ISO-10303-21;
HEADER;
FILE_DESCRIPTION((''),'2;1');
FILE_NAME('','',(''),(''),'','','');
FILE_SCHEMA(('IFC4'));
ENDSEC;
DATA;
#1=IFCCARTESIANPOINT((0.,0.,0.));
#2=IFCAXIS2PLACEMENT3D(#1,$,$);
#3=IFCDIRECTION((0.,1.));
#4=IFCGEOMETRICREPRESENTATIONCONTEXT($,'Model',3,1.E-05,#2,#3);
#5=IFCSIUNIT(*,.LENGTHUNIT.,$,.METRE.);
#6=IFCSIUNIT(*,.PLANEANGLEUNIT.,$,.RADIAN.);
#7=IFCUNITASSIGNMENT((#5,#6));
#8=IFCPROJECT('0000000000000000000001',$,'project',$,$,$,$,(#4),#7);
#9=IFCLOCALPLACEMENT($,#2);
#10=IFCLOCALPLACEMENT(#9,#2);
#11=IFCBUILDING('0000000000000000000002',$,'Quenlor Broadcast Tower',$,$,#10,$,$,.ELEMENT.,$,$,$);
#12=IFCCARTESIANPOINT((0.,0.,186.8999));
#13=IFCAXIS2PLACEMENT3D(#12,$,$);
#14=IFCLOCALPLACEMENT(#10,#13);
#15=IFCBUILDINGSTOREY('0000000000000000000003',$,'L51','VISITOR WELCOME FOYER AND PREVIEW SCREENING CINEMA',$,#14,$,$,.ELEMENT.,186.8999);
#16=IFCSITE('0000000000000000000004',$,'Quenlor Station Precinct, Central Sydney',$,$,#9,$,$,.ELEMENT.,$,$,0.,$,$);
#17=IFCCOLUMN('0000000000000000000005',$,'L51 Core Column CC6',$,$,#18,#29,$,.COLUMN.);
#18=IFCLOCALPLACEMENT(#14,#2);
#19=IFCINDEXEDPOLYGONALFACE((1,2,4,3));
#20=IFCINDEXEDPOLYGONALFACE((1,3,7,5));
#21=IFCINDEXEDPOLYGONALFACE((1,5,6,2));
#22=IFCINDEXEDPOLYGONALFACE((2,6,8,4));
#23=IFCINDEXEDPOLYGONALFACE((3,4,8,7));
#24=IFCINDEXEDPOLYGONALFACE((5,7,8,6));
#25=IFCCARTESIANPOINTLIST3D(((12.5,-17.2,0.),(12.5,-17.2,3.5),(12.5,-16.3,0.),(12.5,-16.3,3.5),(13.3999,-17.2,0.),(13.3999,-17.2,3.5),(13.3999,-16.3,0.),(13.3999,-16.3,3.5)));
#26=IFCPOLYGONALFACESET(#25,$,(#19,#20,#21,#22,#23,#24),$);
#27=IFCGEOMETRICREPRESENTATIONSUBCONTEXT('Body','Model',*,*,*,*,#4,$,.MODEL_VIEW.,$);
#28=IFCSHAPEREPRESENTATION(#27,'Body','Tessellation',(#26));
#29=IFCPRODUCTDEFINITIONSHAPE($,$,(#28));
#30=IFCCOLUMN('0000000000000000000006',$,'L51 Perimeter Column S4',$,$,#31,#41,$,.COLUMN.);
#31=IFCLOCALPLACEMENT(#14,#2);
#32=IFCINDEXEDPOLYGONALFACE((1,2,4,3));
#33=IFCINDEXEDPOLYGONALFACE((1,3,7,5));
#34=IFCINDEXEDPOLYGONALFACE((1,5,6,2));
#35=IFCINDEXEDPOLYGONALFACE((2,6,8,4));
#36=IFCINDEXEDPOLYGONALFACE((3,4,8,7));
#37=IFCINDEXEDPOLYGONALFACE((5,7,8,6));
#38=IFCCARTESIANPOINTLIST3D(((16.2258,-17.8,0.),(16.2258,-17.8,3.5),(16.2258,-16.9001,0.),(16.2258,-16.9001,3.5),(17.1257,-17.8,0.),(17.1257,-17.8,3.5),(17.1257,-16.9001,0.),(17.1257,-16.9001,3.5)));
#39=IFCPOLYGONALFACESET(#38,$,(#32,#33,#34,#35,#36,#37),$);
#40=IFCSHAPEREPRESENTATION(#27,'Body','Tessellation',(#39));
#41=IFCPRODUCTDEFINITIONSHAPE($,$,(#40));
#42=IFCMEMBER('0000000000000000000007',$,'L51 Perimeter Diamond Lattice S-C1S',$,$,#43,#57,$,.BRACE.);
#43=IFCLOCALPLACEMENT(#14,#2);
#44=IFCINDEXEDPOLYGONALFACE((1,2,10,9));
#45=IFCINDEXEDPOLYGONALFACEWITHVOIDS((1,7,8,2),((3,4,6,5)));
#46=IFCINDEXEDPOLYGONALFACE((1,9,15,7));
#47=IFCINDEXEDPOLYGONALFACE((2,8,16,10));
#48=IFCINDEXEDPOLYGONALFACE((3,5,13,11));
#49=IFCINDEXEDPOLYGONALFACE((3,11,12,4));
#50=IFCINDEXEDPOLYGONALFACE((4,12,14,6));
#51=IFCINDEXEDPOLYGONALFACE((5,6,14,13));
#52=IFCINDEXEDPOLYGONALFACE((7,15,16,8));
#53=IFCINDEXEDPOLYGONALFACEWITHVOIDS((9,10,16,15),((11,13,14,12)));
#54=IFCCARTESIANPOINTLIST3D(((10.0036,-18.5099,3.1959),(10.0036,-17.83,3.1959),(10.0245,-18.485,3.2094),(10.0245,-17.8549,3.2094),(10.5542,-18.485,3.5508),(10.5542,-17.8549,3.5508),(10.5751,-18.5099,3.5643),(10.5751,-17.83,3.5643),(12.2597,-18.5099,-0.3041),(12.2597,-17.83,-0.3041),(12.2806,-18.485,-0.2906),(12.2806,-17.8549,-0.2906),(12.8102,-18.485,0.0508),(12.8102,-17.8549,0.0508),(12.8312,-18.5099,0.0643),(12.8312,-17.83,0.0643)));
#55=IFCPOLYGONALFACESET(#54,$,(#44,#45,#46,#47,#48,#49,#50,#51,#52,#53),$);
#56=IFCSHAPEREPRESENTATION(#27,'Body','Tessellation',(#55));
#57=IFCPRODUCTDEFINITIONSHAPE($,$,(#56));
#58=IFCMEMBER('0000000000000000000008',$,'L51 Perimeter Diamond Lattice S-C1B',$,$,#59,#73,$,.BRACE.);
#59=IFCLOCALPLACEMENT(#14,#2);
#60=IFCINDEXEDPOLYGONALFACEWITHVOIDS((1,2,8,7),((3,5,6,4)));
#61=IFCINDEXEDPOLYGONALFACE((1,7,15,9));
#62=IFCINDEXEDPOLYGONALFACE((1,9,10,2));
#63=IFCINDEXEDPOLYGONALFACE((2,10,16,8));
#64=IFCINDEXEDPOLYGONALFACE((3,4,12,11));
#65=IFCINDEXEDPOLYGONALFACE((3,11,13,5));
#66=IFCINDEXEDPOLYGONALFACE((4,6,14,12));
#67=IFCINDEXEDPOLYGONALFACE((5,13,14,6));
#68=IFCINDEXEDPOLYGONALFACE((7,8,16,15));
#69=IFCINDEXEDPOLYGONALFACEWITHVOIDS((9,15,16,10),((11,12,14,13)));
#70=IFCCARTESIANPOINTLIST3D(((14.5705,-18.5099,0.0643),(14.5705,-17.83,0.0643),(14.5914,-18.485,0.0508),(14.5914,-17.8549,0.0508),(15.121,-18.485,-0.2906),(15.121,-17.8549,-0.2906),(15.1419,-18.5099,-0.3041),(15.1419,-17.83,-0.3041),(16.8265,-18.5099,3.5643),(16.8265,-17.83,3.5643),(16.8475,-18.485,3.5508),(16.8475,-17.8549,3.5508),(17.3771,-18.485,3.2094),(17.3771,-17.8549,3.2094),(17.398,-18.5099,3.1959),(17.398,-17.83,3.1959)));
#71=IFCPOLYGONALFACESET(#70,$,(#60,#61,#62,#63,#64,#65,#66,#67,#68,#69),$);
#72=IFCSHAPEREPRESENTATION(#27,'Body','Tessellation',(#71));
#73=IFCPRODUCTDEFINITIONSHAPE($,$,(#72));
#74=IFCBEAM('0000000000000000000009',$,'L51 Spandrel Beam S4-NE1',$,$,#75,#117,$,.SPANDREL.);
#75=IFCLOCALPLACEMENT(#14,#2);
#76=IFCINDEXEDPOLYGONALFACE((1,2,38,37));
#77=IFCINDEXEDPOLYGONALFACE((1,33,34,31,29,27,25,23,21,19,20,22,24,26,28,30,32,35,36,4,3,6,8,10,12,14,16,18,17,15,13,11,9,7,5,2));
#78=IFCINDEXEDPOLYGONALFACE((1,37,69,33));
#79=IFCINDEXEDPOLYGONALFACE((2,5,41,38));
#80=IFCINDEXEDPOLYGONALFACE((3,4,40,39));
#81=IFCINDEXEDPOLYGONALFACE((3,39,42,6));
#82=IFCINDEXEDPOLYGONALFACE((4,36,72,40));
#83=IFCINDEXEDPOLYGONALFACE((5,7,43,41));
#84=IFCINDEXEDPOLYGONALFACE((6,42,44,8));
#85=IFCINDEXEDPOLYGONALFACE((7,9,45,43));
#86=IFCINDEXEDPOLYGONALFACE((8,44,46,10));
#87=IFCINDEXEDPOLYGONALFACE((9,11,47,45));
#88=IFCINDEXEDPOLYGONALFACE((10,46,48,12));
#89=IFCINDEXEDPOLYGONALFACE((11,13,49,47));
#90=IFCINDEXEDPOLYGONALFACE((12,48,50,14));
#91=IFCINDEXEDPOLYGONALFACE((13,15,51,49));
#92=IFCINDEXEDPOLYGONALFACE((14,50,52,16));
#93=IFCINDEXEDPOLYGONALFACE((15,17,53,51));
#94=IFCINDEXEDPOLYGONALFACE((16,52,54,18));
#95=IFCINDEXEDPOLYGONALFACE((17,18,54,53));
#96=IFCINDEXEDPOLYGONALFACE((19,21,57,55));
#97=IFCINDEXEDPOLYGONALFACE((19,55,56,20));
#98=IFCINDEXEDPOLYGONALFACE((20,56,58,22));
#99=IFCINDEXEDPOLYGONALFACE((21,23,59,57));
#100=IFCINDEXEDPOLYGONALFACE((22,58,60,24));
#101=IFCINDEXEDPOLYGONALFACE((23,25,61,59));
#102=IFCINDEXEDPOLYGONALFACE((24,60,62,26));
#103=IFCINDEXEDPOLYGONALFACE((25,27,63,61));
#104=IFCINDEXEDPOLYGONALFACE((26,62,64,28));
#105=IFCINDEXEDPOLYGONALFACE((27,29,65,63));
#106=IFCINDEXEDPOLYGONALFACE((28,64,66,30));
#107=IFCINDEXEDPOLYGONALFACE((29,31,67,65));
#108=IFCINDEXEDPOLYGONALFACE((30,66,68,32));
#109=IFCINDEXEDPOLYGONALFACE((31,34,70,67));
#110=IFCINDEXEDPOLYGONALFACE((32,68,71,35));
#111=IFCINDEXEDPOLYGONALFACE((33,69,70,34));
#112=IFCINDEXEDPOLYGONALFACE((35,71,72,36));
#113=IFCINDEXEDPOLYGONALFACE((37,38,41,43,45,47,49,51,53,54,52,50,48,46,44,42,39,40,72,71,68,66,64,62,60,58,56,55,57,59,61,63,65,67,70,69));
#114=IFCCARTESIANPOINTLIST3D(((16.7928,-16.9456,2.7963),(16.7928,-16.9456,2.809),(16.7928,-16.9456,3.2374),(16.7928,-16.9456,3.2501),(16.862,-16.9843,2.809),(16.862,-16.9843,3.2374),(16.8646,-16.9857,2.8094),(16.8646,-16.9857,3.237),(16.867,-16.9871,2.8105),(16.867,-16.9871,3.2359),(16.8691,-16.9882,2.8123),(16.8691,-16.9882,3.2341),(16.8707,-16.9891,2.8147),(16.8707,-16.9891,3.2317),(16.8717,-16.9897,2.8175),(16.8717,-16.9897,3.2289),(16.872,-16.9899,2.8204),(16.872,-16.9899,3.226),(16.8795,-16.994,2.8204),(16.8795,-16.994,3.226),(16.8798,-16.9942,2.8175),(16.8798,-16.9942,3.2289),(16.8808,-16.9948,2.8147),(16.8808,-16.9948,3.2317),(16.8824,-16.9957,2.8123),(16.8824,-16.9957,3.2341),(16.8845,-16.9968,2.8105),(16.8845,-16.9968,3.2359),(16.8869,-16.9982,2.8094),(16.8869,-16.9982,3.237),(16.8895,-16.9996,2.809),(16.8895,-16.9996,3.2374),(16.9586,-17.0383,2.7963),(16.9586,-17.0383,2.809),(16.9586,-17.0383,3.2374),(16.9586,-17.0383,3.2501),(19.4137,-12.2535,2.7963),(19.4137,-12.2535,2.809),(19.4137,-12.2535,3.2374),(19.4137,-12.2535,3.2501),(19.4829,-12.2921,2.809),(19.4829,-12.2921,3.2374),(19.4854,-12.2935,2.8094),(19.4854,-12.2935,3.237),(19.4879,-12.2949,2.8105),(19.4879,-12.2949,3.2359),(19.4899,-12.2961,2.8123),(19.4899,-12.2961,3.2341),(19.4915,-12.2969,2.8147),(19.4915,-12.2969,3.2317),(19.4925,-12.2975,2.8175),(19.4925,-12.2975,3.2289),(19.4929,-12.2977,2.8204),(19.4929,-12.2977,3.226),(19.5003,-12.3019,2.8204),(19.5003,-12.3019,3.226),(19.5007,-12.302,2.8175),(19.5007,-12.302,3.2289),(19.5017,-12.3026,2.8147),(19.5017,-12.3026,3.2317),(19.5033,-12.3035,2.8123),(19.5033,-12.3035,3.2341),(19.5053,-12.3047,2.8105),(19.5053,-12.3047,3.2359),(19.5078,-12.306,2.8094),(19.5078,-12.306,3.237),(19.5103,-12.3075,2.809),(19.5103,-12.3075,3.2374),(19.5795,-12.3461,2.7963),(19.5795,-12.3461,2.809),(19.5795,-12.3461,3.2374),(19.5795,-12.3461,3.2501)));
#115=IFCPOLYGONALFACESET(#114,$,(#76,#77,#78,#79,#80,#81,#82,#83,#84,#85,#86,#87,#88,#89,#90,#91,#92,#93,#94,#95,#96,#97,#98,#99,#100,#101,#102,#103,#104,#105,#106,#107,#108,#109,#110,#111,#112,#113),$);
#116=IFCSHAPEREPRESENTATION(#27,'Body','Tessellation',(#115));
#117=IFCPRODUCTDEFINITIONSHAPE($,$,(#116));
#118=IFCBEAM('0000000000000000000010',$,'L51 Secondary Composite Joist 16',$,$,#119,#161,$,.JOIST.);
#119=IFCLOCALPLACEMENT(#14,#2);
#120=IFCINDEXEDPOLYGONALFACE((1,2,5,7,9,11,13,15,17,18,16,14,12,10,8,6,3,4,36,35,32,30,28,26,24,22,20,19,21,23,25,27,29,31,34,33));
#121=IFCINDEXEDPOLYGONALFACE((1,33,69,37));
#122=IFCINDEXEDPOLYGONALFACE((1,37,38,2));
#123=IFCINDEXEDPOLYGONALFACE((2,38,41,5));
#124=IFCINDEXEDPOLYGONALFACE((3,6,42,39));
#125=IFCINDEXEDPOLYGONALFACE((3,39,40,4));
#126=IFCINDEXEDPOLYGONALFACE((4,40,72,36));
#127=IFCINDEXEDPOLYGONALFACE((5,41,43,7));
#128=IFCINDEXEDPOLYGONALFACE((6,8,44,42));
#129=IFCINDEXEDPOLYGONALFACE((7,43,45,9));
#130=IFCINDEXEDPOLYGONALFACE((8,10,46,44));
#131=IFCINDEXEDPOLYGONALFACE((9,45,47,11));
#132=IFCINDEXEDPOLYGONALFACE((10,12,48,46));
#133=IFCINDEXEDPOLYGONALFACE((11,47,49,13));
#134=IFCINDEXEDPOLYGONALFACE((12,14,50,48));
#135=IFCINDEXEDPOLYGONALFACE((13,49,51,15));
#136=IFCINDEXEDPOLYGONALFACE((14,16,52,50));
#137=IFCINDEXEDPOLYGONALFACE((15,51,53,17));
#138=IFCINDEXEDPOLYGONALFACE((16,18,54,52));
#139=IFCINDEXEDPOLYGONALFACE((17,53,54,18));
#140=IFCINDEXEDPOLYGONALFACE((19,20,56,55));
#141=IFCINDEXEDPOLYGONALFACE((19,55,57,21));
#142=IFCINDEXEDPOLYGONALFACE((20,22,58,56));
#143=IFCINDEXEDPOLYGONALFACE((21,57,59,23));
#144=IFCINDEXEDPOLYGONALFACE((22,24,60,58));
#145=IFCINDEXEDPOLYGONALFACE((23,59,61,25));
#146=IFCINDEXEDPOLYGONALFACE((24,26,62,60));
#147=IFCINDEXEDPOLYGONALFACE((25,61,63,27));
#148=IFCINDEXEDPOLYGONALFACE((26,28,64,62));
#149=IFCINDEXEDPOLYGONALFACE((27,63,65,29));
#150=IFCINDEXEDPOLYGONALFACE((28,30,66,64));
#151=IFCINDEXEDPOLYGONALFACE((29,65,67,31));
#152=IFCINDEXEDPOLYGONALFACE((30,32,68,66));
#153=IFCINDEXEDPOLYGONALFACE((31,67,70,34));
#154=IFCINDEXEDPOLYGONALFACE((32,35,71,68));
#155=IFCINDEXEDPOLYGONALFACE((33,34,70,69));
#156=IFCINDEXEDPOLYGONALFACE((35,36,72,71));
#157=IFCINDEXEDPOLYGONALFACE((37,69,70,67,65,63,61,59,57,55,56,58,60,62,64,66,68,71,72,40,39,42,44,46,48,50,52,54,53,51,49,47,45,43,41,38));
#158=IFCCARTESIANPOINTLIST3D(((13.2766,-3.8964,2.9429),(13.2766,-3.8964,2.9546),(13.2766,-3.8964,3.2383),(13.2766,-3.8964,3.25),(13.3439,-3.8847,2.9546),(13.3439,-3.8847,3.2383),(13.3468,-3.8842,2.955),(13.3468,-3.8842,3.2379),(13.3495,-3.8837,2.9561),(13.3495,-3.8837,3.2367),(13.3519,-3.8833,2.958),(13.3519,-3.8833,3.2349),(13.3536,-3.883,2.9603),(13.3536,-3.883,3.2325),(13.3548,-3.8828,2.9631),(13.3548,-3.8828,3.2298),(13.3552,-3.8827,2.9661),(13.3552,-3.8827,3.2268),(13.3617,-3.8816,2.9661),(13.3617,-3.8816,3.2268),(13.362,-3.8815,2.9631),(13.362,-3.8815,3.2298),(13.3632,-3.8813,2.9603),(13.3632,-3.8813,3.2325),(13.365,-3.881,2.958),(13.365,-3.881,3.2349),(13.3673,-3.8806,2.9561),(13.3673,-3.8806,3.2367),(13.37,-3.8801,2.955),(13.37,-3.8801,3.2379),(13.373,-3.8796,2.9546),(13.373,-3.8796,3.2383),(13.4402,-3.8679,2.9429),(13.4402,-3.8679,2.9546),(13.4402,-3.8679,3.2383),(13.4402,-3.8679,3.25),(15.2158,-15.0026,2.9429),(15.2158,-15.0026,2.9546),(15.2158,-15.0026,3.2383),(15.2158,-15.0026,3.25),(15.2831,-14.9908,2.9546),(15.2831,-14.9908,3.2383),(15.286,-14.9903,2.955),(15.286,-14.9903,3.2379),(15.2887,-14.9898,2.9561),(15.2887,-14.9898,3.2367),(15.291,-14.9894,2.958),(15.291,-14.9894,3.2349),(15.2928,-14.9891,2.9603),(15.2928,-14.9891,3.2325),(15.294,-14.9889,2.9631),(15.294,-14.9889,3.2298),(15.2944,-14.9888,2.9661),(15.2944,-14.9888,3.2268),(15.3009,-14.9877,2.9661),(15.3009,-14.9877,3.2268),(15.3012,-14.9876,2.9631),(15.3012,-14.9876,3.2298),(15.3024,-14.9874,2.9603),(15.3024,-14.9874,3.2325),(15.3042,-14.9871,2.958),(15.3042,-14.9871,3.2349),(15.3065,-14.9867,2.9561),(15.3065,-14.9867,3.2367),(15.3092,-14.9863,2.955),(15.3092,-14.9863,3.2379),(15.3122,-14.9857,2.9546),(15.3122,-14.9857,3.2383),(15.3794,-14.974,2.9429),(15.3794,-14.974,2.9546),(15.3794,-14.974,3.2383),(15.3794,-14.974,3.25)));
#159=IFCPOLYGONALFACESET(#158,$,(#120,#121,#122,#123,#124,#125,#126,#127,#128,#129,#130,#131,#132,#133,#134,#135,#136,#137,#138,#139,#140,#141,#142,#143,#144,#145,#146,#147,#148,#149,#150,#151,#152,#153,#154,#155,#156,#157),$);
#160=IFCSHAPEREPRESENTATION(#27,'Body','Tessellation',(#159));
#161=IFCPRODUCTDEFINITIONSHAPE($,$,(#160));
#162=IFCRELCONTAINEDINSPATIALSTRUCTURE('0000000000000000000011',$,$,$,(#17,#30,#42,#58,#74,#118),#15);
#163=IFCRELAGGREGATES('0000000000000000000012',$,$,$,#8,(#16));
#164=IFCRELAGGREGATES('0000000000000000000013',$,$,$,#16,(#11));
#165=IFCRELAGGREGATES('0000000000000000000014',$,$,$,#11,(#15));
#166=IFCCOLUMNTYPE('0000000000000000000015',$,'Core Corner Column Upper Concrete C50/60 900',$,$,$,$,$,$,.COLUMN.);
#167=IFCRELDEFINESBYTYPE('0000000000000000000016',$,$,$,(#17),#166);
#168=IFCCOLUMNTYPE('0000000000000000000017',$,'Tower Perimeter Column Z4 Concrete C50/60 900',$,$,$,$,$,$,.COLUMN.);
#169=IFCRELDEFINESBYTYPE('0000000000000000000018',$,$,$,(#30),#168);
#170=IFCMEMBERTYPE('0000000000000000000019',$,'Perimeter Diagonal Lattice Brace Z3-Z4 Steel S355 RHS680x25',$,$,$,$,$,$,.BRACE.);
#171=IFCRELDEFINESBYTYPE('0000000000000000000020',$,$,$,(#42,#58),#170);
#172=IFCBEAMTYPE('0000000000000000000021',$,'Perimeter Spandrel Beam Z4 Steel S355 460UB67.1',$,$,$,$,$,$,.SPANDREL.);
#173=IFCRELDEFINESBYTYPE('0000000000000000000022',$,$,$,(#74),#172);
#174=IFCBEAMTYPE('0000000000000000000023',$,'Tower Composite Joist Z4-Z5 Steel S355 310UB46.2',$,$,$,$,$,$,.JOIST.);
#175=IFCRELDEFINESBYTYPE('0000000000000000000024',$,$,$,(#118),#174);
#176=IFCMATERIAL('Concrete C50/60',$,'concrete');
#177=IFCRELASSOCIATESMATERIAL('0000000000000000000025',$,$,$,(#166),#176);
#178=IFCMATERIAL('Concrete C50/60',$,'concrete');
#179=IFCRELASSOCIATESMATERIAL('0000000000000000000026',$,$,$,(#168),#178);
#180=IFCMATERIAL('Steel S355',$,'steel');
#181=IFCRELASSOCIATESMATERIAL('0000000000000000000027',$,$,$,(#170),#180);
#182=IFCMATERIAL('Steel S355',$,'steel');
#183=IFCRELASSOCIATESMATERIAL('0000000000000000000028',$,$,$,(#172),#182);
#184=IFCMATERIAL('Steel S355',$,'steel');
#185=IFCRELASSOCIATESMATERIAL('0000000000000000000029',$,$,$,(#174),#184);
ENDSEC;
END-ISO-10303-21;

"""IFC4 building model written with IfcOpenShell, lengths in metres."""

from ifc_helpers import new_model, si_unit, direction, frame, origin, origin_2d, place, context, subcontext, project, spatial, rectangle, hollow_rectangle, i_section, extrude, material, material_profile, profile_set, type_object, element, save


model = new_model("IFC4")

# Units and contexts
model_context = context("Model", 3, precision=1e-05, world=origin(), true_north=direction((0.0, 1.0)))
body_context = subcontext(model_context, "Body", "Model", "MODEL_VIEW")
ifc_project = project(units=[si_unit("LENGTHUNIT", "METRE"), si_unit("PLANEANGLEUNIT", "RADIAN")], contexts=[model_context])

# Site, building, storey
site_placement = place(None, origin())
site = spatial("IfcSite", under=ifc_project, at=site_placement, Name="Quenlor Station Precinct, Central Sydney", CompositionType="ELEMENT", RefElevation=0.0)
building_placement = place(site_placement, origin())
building = spatial("IfcBuilding", under=site, at=building_placement, Name="Quenlor Broadcast Tower", CompositionType="ELEMENT")
storey_placement = place(building_placement, frame((0.0, 0.0, 186.8999)))
storey = spatial("IfcBuildingStorey", under=building, at=storey_placement, Name="L51", Description="VISITOR WELCOME FOYER AND PREVIEW SCREENING CINEMA", CompositionType="ELEMENT", Elevation=186.8999)

# Columns
ifc_material_1 = material(Name="Concrete C50/60", Category="concrete")
ifc_material_profile_1 = material_profile(ifc_material_1, rectangle(XDim=0.8999, YDim=0.8999, at=origin_2d()))
ifc_profile_set_1 = profile_set([ifc_material_profile_1], Name="Concrete C50/60 RC900x900")
column_type_1 = type_object("IfcColumnType", Name="Core Corner Column Upper Concrete C50/60 900", PredefinedType="COLUMN", material=ifc_profile_set_1)
column_1_placement = place(storey_placement, frame((12.95, -16.75, 0.0), z_axis=(0.0, 0.0, 1.0), x_axis=(1.0, 0.0, 0.0)))
element("IfcColumn", 1, at=column_1_placement, inside=storey, type_object=column_type_1, Name="L51 Core Column CC6", PredefinedType="COLUMN", context=body_context, shape_type="SweptSolid", body=[
    extrude(rectangle(XDim=0.8999, YDim=0.8999, at=origin_2d()), origin(), (0.0, 0.0, 1.0), 3.5),
])
ifc_material_2 = material(Name="Concrete C50/60", Category="concrete")
ifc_material_profile_2 = material_profile(ifc_material_2, rectangle(XDim=0.8999, YDim=0.8999, at=origin_2d()))
ifc_profile_set_2 = profile_set([ifc_material_profile_2], Name="Concrete C50/60 RC900x900")
column_type_2 = type_object("IfcColumnType", Name="Tower Perimeter Column Z4 Concrete C50/60 900", PredefinedType="COLUMN", material=ifc_profile_set_2)
column_2_placement = place(storey_placement, frame((16.6758, -17.3501, 0.0), z_axis=(0.0, 0.0, 1.0), x_axis=(0.0, 1.0, 0.0)))
element("IfcColumn", 2, at=column_2_placement, inside=storey, type_object=column_type_2, Name="L51 Perimeter Column S4", PredefinedType="COLUMN", context=body_context, shape_type="SweptSolid", body=[
    extrude(rectangle(XDim=0.8999, YDim=0.8999, at=origin_2d()), origin(), (0.0, 0.0, 1.0), 3.5),
])

# Members
ifc_material_3 = material(Name="Steel S355", Category="steel")
ifc_material_profile_3 = material_profile(ifc_material_3, hollow_rectangle(XDim=0.6799, YDim=0.6799, WallThickness=0.0249, at=origin_2d()))
ifc_profile_set_3 = profile_set([ifc_material_profile_3], Name="Steel S355 RHS680x680x25")
member_type = type_object("IfcMemberType", Name="Perimeter Diagonal Lattice Brace Z3-Z4 Steel S355 RHS680x25", PredefinedType="BRACE", material=ifc_profile_set_3)
for number, where, z_axis, x_axis, name in (
    (3, (12.5454, -18.1699, -0.1199), (-0.541794, 0.0, 0.840511), (0.0, -1.0, 0.0), "L51 Perimeter Diamond Lattice S-C1S"),
    (4, (14.8562, -18.1699, -0.1199), (0.541794, 0.0, 0.840511), (0.0, 1.0, 0.0), "L51 Perimeter Diamond Lattice S-C1B"),
):
    element("IfcMember", number, at=place(storey_placement, frame(where, z_axis=z_axis, x_axis=x_axis)), inside=storey, type_object=member_type, Name=name, PredefinedType="BRACE", context=body_context, shape_type="SweptSolid", body=[
        extrude(hollow_rectangle(XDim=0.6799, YDim=0.6799, WallThickness=0.0249, at=origin_2d()), origin(), (0.0, 0.0, 1.0), 4.1641),
    ])

# Beams
ifc_material_4 = material(Name="Steel S355", Category="steel")
ifc_material_profile_4 = material_profile(ifc_material_4, i_section(OverallWidth=0.1899, OverallDepth=0.4539, WebThickness=0.0085, FlangeThickness=0.0127, FilletRadius=0.0115, at=origin_2d()))
ifc_profile_set_4 = profile_set([ifc_material_profile_4], Name="Steel S355 460UB67.1")
beam_type_1 = type_object("IfcBeamType", Name="Perimeter Spandrel Beam Z4 Steel S355 460UB67.1", PredefinedType="SPANDREL", material=ifc_profile_set_4)
beam_1_placement = place(storey_placement, frame((16.8757, -16.9919, 3.0232), z_axis=(0.487647, 0.873041, 0.0), x_axis=(-0.873041, 0.487647, 0.0)))
element("IfcBeam", 5, at=beam_1_placement, inside=storey, type_object=beam_type_1, Name="L51 Spandrel Beam S4-NE1", PredefinedType="SPANDREL", context=body_context, shape_type="SweptSolid", body=[
    extrude(i_section(OverallWidth=0.1899, OverallDepth=0.4539, WebThickness=0.0085, FlangeThickness=0.0127, FilletRadius=0.0115, at=origin_2d()), origin(), (0.0, 0.0, 1.0), 5.3745),
])
ifc_material_5 = material(Name="Steel S355", Category="steel")
ifc_material_profile_5 = material_profile(ifc_material_5, i_section(OverallWidth=0.166, OverallDepth=0.3071, WebThickness=0.0066, FlangeThickness=0.0117, FilletRadius=0.0115, at=origin_2d()))
ifc_profile_set_5 = profile_set([ifc_material_profile_5], Name="Steel S355 310UB46.2")
beam_type_2 = type_object("IfcBeamType", Name="Tower Composite Joist Z4-Z5 Steel S355 310UB46.2", PredefinedType="JOIST", material=ifc_profile_set_5)
beam_2_placement = place(storey_placement, frame((15.2976, -14.9883, 3.0964), z_axis=(-0.172004, 0.985096, 0.0), x_axis=(-0.985096, -0.172004, 0.0)))
element("IfcBeam", 6, at=beam_2_placement, inside=storey, type_object=beam_type_2, Name="L51 Secondary Composite Joist 16", PredefinedType="JOIST", context=body_context, shape_type="SweptSolid", body=[
    extrude(i_section(OverallWidth=0.166, OverallDepth=0.3071, WebThickness=0.0066, FlangeThickness=0.0117, FilletRadius=0.0115, at=origin_2d()), origin(), (0.0, 0.0, 1.0), 11.2742),
])

save(model, "model.ifc")
